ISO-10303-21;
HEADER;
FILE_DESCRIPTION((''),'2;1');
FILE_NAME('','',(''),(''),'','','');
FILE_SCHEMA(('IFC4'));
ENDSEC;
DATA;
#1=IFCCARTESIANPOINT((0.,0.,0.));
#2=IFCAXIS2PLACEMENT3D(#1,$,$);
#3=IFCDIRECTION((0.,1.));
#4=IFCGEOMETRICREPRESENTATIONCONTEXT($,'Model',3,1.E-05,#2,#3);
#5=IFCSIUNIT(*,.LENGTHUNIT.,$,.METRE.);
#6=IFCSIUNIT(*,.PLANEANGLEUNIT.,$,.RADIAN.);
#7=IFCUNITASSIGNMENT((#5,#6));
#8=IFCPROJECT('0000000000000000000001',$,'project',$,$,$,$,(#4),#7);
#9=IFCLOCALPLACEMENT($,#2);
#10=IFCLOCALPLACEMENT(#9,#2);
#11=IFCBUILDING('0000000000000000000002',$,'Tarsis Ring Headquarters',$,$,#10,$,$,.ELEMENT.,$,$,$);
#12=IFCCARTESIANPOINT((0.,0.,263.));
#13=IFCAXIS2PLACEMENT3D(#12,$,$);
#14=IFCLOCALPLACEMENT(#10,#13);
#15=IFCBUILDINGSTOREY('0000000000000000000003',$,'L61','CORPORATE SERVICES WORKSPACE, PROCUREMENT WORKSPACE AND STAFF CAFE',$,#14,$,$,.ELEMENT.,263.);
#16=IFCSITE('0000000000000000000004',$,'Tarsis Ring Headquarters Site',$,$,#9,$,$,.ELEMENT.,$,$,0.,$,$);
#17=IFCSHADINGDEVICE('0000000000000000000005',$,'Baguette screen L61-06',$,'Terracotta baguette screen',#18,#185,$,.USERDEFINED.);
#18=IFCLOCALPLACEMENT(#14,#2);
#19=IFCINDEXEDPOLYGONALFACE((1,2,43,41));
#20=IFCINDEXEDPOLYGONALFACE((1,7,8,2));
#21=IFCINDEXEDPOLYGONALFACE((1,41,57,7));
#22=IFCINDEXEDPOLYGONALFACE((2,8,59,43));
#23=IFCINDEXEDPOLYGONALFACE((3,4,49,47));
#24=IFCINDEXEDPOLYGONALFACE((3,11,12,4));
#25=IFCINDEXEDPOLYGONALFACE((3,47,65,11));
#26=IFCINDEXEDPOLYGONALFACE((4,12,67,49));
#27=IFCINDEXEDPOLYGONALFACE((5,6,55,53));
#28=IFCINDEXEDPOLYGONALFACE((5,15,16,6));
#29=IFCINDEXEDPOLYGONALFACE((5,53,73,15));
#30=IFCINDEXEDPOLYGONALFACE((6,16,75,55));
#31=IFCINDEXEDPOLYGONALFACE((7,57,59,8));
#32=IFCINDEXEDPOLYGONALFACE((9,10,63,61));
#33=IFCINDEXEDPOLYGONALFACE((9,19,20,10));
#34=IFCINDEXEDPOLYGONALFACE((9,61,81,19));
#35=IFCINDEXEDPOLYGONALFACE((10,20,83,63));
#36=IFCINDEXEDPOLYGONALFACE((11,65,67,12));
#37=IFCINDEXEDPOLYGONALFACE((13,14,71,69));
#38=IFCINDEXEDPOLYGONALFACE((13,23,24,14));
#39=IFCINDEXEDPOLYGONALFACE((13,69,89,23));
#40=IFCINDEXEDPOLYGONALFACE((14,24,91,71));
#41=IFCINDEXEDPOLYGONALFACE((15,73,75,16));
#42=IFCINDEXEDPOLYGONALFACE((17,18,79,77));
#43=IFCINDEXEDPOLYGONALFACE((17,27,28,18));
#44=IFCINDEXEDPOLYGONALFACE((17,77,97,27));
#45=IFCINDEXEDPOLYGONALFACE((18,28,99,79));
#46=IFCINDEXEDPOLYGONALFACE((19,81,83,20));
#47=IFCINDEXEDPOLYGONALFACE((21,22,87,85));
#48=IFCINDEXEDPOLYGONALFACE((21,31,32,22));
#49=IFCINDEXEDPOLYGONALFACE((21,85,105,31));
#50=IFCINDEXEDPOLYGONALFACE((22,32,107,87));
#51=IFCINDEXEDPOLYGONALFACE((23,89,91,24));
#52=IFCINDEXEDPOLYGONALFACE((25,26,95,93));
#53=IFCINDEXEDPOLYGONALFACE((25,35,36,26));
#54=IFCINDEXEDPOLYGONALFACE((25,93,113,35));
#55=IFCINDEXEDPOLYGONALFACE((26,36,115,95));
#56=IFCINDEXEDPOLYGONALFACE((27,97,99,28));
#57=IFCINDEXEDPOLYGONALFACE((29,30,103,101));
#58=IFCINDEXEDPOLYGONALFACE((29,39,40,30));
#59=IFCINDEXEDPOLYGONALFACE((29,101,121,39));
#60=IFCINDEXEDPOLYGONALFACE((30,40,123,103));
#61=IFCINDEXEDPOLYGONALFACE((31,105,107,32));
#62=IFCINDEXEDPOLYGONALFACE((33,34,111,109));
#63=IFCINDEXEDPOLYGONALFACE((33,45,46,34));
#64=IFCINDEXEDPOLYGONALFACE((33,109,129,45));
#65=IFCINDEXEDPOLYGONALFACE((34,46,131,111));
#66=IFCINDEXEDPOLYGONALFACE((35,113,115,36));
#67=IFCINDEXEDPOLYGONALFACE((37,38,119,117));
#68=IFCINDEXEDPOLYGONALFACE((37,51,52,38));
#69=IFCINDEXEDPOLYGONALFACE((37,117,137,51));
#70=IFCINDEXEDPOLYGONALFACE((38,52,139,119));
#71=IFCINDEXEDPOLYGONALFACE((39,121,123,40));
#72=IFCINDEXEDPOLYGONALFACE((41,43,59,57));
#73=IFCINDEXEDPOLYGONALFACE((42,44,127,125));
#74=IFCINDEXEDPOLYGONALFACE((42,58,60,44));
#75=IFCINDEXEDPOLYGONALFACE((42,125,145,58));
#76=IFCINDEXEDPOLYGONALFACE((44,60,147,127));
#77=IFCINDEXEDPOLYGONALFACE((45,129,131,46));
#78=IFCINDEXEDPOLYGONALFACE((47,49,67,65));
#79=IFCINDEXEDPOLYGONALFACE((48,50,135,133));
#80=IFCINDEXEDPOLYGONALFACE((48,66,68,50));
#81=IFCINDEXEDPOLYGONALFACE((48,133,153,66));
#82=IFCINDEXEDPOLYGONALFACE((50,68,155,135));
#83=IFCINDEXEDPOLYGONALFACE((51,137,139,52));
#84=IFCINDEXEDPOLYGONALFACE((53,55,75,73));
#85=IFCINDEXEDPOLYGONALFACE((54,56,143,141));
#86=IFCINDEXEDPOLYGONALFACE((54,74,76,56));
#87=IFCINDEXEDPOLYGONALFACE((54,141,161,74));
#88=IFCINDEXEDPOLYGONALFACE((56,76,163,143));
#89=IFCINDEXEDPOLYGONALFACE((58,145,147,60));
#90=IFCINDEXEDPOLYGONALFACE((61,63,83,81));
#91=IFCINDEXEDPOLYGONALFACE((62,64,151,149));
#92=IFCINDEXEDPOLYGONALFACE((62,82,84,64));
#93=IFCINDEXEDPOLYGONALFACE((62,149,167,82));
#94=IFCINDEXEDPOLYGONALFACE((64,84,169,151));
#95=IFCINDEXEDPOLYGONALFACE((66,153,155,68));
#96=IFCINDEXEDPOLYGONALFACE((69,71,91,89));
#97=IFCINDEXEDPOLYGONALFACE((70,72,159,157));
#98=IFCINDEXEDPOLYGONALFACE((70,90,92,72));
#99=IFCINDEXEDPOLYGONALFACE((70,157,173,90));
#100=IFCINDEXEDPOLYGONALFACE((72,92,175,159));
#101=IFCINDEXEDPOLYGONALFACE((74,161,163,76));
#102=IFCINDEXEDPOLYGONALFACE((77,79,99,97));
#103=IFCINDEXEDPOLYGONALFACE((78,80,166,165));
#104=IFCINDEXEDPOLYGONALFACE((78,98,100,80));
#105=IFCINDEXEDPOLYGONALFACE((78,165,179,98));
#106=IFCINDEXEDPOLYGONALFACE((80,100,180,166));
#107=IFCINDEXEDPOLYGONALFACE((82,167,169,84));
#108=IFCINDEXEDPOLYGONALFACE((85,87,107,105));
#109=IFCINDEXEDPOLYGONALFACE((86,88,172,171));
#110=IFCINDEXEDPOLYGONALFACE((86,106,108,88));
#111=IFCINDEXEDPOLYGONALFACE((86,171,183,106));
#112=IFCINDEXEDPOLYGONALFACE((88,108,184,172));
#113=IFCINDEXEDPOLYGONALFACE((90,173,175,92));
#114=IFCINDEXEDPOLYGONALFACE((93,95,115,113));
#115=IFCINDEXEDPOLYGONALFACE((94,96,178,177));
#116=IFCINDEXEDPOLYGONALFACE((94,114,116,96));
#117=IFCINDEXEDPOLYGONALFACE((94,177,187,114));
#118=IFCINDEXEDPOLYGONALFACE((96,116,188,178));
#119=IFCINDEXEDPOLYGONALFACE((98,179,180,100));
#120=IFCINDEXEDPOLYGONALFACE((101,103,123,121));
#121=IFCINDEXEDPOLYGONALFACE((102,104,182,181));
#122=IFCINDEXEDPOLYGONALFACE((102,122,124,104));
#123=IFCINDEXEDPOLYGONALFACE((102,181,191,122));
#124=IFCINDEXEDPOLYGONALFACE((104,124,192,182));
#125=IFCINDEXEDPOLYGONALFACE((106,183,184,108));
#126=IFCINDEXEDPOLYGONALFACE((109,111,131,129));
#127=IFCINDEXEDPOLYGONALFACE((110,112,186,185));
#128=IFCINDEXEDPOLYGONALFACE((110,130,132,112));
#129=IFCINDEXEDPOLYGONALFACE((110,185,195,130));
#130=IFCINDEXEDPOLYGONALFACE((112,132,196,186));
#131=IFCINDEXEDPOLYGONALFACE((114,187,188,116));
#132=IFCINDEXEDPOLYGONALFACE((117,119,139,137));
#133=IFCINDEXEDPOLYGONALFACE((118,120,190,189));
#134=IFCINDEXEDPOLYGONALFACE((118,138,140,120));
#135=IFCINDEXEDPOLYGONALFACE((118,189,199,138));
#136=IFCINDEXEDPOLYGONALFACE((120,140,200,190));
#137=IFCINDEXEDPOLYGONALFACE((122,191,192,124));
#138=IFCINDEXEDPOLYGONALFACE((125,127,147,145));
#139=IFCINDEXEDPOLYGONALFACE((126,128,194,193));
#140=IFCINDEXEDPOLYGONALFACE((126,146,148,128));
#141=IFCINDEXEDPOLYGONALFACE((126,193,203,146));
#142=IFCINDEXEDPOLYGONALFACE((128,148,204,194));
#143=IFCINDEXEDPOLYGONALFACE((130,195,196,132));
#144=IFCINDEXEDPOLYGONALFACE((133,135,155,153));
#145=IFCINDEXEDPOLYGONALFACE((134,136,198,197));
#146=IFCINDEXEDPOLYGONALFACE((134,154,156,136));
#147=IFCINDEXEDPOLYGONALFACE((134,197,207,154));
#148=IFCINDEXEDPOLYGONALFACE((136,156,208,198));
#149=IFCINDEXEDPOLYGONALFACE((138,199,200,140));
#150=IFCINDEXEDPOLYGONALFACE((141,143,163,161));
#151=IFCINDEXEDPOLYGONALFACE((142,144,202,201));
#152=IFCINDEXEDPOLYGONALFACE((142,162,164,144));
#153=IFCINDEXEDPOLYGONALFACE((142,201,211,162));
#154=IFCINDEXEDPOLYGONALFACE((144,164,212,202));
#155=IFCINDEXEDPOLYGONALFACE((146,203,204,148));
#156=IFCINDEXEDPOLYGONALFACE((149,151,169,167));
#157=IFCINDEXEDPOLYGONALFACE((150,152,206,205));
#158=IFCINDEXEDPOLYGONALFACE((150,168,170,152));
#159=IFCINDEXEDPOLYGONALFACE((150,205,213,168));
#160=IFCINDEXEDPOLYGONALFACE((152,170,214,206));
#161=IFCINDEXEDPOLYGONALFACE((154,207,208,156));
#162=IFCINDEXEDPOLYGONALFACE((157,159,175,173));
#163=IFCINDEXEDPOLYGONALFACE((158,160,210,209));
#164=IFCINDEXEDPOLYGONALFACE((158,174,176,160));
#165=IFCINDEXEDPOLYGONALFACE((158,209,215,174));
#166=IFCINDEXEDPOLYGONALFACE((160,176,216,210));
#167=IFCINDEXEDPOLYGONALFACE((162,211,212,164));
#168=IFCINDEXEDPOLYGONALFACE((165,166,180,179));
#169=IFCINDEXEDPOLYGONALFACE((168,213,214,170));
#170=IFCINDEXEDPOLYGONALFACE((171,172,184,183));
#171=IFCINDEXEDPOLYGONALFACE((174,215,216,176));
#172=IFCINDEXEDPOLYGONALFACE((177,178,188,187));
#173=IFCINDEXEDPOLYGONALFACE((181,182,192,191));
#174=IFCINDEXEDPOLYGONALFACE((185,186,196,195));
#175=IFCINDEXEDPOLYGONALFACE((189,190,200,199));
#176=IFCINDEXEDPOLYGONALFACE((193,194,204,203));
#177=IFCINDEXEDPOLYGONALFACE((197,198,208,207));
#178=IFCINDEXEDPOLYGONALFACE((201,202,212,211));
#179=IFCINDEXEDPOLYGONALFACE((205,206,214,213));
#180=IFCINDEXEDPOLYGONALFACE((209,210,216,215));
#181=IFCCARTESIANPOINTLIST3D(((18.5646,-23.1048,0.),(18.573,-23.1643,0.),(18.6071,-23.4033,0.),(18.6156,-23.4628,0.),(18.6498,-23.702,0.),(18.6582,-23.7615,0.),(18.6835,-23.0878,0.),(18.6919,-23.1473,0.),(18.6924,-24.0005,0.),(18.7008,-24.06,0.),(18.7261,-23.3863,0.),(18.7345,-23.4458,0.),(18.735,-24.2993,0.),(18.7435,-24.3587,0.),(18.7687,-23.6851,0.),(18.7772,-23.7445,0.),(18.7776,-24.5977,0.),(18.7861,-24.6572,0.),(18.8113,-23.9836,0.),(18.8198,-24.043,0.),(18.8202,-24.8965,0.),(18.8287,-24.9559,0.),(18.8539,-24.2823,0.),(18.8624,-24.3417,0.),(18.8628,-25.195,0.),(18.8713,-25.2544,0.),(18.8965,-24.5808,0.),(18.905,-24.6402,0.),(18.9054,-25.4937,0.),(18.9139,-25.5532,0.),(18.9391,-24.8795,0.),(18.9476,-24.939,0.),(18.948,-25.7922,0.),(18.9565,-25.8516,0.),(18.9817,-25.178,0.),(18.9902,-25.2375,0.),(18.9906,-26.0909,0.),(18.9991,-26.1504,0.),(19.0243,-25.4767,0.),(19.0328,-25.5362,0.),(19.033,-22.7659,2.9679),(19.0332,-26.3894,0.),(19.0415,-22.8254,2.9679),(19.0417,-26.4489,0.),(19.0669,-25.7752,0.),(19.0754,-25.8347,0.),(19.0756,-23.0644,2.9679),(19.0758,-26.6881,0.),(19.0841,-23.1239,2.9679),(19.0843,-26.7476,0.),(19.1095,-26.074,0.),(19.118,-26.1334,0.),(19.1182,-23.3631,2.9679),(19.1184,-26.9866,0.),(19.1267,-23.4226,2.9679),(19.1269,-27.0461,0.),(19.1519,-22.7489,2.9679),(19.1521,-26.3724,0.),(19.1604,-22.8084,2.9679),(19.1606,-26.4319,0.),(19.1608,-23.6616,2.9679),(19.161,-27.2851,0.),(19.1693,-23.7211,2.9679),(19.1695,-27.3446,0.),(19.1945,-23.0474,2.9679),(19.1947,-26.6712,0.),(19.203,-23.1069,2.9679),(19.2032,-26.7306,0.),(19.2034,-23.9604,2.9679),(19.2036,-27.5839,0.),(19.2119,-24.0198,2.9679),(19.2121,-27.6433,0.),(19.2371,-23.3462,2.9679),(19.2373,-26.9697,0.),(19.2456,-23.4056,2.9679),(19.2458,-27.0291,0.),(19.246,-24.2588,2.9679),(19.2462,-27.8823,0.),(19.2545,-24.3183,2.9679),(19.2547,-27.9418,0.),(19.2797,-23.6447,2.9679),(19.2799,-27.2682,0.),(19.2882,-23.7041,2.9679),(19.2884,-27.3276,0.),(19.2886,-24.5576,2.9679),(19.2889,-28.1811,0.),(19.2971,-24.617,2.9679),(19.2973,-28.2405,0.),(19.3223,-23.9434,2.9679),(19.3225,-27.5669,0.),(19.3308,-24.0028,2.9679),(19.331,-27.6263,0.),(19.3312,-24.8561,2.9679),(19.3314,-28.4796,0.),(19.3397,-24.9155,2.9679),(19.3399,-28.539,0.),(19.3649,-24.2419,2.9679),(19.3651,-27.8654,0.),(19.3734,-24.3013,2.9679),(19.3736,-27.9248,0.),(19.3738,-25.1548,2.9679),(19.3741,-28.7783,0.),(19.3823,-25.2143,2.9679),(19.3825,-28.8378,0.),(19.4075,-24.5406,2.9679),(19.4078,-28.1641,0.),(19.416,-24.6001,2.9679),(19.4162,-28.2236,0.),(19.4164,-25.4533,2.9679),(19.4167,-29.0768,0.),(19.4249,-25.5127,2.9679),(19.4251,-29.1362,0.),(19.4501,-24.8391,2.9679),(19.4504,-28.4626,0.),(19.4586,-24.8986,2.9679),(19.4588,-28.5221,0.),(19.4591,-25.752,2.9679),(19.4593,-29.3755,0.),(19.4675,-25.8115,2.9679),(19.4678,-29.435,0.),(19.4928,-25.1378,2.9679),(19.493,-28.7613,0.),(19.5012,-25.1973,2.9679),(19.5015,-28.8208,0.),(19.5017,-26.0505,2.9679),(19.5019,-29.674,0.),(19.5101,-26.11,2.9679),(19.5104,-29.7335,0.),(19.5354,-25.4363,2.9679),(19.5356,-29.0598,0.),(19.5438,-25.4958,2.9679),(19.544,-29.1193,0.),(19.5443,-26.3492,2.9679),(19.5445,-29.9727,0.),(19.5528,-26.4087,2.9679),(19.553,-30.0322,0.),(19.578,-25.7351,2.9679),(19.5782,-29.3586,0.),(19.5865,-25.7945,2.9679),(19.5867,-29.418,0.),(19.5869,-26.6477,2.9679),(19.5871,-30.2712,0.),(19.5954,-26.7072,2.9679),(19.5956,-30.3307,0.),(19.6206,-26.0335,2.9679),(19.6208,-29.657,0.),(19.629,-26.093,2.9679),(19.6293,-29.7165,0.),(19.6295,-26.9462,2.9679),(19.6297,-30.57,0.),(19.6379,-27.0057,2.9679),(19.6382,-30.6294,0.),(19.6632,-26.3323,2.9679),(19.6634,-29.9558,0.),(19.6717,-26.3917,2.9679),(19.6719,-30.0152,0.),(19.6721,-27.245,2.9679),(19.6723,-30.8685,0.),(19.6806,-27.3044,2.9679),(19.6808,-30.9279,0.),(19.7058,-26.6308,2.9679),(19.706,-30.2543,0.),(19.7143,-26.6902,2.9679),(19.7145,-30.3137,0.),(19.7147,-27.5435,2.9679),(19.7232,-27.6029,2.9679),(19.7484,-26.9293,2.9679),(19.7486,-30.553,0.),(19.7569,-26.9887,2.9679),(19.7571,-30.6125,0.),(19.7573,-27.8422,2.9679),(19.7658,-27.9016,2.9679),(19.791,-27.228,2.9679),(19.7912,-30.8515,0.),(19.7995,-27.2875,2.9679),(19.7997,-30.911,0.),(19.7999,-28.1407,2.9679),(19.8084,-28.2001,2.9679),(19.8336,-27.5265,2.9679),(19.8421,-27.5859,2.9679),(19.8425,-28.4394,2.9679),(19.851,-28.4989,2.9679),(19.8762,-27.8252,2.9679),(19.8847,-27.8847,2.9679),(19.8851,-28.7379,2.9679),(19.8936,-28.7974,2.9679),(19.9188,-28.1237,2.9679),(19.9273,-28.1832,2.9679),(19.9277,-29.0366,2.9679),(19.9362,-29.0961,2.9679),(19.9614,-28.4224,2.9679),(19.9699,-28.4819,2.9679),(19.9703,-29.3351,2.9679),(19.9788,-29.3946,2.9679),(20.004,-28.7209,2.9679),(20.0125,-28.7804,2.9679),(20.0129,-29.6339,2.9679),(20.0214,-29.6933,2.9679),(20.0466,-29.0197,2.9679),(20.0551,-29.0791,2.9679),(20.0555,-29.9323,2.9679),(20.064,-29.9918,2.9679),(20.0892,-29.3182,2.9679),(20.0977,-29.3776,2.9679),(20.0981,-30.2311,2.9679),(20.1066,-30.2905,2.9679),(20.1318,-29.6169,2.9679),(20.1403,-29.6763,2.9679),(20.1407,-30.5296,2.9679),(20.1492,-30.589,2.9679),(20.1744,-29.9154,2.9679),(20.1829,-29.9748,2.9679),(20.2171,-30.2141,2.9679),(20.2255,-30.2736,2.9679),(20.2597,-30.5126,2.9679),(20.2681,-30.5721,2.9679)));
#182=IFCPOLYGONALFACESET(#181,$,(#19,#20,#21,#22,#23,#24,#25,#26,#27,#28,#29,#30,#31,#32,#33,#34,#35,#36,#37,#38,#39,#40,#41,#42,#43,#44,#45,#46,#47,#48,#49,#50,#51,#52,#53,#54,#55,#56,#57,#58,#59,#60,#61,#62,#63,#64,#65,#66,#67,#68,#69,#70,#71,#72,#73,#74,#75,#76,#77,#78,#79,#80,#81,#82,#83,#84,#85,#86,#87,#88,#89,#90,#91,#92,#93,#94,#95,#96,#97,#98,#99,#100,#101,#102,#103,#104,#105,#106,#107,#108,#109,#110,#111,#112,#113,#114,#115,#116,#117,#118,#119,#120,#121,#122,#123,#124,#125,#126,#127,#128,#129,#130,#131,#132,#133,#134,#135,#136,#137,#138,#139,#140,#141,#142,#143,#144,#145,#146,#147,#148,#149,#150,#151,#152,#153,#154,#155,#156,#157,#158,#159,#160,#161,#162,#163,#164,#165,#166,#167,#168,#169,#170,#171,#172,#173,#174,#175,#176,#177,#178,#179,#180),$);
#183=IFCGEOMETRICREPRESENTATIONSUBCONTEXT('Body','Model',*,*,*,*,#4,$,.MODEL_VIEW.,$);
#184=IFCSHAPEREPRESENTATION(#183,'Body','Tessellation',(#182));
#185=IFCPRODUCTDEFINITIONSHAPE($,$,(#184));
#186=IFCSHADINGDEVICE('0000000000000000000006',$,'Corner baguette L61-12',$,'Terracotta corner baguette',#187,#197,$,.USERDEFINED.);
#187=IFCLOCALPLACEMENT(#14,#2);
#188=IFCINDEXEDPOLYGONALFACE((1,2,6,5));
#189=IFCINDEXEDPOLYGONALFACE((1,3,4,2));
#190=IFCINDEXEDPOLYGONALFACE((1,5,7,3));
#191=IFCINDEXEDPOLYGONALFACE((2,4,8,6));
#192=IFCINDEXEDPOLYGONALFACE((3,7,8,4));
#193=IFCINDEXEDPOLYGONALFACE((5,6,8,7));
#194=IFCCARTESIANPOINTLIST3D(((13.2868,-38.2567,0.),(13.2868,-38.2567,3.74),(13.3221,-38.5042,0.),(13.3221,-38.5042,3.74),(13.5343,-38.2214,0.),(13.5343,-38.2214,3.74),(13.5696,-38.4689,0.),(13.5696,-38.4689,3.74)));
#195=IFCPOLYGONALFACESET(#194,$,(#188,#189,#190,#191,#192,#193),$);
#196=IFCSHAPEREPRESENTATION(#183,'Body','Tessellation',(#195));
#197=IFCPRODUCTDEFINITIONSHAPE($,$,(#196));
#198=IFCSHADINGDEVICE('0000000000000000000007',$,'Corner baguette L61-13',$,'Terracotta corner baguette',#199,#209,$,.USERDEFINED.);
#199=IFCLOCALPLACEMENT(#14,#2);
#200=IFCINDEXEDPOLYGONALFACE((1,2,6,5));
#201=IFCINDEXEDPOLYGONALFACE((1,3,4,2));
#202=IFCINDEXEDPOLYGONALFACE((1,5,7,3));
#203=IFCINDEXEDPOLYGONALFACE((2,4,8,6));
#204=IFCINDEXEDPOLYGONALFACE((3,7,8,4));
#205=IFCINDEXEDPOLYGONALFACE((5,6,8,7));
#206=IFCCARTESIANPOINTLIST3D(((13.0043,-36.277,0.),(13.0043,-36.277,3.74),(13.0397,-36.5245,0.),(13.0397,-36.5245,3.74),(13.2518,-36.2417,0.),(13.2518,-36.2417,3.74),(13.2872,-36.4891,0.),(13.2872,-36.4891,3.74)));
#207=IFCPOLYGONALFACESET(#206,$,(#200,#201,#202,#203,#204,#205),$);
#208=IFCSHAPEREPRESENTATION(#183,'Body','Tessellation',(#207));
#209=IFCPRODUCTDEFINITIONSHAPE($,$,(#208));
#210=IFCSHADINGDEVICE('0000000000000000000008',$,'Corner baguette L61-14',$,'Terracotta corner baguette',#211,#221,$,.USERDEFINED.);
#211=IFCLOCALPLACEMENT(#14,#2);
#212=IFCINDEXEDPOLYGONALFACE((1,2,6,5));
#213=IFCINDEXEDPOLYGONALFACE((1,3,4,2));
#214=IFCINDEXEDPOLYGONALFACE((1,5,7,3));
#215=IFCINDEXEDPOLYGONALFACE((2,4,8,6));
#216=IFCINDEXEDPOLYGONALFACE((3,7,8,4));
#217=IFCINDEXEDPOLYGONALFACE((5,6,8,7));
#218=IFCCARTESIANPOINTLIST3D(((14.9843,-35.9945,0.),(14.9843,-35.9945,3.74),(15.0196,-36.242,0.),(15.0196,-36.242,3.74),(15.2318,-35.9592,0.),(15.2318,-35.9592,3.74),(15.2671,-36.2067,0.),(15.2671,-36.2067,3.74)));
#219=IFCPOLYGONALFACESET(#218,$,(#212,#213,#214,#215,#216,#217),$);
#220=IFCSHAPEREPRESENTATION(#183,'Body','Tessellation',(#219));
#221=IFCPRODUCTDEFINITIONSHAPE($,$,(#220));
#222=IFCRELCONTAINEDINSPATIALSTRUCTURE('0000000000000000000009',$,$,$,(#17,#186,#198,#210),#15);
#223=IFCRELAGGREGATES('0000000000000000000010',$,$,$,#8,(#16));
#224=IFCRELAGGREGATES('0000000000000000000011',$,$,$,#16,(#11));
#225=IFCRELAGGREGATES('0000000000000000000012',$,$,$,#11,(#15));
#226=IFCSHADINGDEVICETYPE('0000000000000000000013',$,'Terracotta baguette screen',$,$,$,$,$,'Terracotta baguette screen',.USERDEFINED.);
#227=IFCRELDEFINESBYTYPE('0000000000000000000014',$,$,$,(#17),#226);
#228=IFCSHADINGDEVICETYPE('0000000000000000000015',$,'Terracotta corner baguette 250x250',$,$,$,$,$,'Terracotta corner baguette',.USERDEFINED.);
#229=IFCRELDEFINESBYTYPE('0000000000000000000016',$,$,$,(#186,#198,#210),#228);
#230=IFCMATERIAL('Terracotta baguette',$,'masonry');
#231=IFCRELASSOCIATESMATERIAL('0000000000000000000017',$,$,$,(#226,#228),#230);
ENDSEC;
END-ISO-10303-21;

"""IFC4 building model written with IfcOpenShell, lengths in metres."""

from ifc_helpers import new_model, si_unit, direction, frame, frame_2d, origin, origin_2d, place, context, subcontext, project, spatial, rectangle, composite_profile, extrude, material, type_object, element, save


model = new_model("IFC4")

# Units and contexts
model_context = context("Model", 3, precision=1e-05, world=origin(), true_north=direction((0.0, 1.0)))
body_context = subcontext(model_context, "Body", "Model", "MODEL_VIEW")
ifc_project = project(units=[si_unit("LENGTHUNIT", "METRE"), si_unit("PLANEANGLEUNIT", "RADIAN")], contexts=[model_context])

# Site, building, storey
site_placement = place(None, origin())
site = spatial("IfcSite", under=ifc_project, at=site_placement, Name="Tarsis Ring Headquarters Site", CompositionType="ELEMENT", RefElevation=0.0)
building_placement = place(site_placement, origin())
building = spatial("IfcBuilding", under=site, at=building_placement, Name="Tarsis Ring Headquarters", CompositionType="ELEMENT")
storey_placement = place(building_placement, frame((0.0, 0.0, 263.0)))
storey = spatial("IfcBuildingStorey", under=building, at=storey_placement, Name="L61", Description="CORPORATE SERVICES WORKSPACE, PROCUREMENT WORKSPACE AND STAFF CAFE", CompositionType="ELEMENT", Elevation=263.0)

# Shading devices
ifc_material_1 = material(Name="Terracotta baguette", Category="masonry")
shading_device_type_1 = type_object("IfcShadingDeviceType", Name="Terracotta baguette screen", ElementType="Terracotta baguette screen", PredefinedType="USERDEFINED", material=ifc_material_1)
shading_device_1_placement = place(storey_placement, frame((19.7402, -30.9194, 0.0), z_axis=(0.0, 0.0, 1.0), x_axis=(-0.141251, 0.989959, 0.0)))
element("IfcShadingDevice", 1, at=shading_device_1_placement, inside=storey, type_object=shading_device_type_1, Name="Baguette screen L61-06", ObjectType="Terracotta baguette screen", PredefinedType="USERDEFINED", context=body_context, shape_type="SweptSolid", body=[
    extrude(composite_profile([rectangle(XDim=0.0601, YDim=0.1201, at=frame_2d((0.03, 0.0))), rectangle(XDim=0.0601, YDim=0.1201, at=frame_2d((0.3315, 0.0))), rectangle(XDim=0.0601, YDim=0.1201, at=frame_2d((0.6333, 0.0))), rectangle(XDim=0.0601, YDim=0.1201, at=frame_2d((0.9348, 0.0))), rectangle(XDim=0.0601, YDim=0.1201, at=frame_2d((1.2366, 0.0))), rectangle(XDim=0.0601, YDim=0.1201, at=frame_2d((1.5381, 0.0))), rectangle(XDim=0.0601, YDim=0.1201, at=frame_2d((1.8398, 0.0))), rectangle(XDim=0.0601, YDim=0.1201, at=frame_2d((2.1414, 0.0))), rectangle(XDim=0.0601, YDim=0.1201, at=frame_2d((2.4431, 0.0))), rectangle(XDim=0.0601, YDim=0.1201, at=frame_2d((2.7446, 0.0))), rectangle(XDim=0.0601, YDim=0.1201, at=frame_2d((3.0464, 0.0))), rectangle(XDim=0.0601, YDim=0.1201, at=frame_2d((3.3479, 0.0))), rectangle(XDim=0.0601, YDim=0.1201, at=frame_2d((3.6497, 0.0))), rectangle(XDim=0.0601, YDim=0.1201, at=frame_2d((3.9512, 0.0))), rectangle(XDim=0.0601, YDim=0.1201, at=frame_2d((4.2527, 0.0))), rectangle(XDim=0.0601, YDim=0.1201, at=frame_2d((4.5544, 0.0))), rectangle(XDim=0.0601, YDim=0.1201, at=frame_2d((4.856, 0.0))), rectangle(XDim=0.0601, YDim=0.1201, at=frame_2d((5.1577, 0.0))), rectangle(XDim=0.0601, YDim=0.1201, at=frame_2d((5.4592, 0.0))), rectangle(XDim=0.0601, YDim=0.1201, at=frame_2d((5.761, 0.0))), rectangle(XDim=0.0601, YDim=0.1201, at=frame_2d((6.0625, 0.0))), rectangle(XDim=0.0601, YDim=0.1201, at=frame_2d((6.3643, 0.0))), rectangle(XDim=0.0601, YDim=0.1201, at=frame_2d((6.6658, 0.0))), rectangle(XDim=0.0601, YDim=0.1201, at=frame_2d((6.9675, 0.0))), rectangle(XDim=0.0601, YDim=0.1201, at=frame_2d((7.269, 0.0))), rectangle(XDim=0.0601, YDim=0.1201, at=frame_2d((7.5708, 0.0))), rectangle(XDim=0.0601, YDim=0.1201, at=frame_2d((7.8723, 0.0)))]), origin(), (0.089073, -0.169203, 0.981548), 3.0237),
])
shading_device_type_2 = type_object("IfcShadingDeviceType", Name="Terracotta corner baguette 250x250", ElementType="Terracotta corner baguette", PredefinedType="USERDEFINED", material=ifc_material_1)
for number, where, z_axis, x_axis, name in (
    (2, (13.4282, -38.3628, 0.0), (0.0, 0.0, 1.0), (0.989974, 0.141247, 0.0), "Corner baguette L61-12"),
    (3, (13.1458, -36.3831, 0.0), (0.0, 0.0, 1.0), (-0.141247, 0.989974, 0.0), "Corner baguette L61-13"),
    (4, (15.1257, -36.1006, 0.0), (0.0, 0.0, 1.0), (0.989974, 0.141247, 0.0), "Corner baguette L61-14"),
):
    element("IfcShadingDevice", number, at=place(storey_placement, frame(where, z_axis=z_axis, x_axis=x_axis)), inside=storey, type_object=shading_device_type_2, Name=name, ObjectType="Terracotta corner baguette", PredefinedType="USERDEFINED", context=body_context, shape_type="SweptSolid", body=[
        extrude(rectangle(XDim=0.25, YDim=0.25, at=origin_2d()), origin(), (0.0, 0.0, 1.0), 3.74),
    ])

save(model, "model.ifc")
